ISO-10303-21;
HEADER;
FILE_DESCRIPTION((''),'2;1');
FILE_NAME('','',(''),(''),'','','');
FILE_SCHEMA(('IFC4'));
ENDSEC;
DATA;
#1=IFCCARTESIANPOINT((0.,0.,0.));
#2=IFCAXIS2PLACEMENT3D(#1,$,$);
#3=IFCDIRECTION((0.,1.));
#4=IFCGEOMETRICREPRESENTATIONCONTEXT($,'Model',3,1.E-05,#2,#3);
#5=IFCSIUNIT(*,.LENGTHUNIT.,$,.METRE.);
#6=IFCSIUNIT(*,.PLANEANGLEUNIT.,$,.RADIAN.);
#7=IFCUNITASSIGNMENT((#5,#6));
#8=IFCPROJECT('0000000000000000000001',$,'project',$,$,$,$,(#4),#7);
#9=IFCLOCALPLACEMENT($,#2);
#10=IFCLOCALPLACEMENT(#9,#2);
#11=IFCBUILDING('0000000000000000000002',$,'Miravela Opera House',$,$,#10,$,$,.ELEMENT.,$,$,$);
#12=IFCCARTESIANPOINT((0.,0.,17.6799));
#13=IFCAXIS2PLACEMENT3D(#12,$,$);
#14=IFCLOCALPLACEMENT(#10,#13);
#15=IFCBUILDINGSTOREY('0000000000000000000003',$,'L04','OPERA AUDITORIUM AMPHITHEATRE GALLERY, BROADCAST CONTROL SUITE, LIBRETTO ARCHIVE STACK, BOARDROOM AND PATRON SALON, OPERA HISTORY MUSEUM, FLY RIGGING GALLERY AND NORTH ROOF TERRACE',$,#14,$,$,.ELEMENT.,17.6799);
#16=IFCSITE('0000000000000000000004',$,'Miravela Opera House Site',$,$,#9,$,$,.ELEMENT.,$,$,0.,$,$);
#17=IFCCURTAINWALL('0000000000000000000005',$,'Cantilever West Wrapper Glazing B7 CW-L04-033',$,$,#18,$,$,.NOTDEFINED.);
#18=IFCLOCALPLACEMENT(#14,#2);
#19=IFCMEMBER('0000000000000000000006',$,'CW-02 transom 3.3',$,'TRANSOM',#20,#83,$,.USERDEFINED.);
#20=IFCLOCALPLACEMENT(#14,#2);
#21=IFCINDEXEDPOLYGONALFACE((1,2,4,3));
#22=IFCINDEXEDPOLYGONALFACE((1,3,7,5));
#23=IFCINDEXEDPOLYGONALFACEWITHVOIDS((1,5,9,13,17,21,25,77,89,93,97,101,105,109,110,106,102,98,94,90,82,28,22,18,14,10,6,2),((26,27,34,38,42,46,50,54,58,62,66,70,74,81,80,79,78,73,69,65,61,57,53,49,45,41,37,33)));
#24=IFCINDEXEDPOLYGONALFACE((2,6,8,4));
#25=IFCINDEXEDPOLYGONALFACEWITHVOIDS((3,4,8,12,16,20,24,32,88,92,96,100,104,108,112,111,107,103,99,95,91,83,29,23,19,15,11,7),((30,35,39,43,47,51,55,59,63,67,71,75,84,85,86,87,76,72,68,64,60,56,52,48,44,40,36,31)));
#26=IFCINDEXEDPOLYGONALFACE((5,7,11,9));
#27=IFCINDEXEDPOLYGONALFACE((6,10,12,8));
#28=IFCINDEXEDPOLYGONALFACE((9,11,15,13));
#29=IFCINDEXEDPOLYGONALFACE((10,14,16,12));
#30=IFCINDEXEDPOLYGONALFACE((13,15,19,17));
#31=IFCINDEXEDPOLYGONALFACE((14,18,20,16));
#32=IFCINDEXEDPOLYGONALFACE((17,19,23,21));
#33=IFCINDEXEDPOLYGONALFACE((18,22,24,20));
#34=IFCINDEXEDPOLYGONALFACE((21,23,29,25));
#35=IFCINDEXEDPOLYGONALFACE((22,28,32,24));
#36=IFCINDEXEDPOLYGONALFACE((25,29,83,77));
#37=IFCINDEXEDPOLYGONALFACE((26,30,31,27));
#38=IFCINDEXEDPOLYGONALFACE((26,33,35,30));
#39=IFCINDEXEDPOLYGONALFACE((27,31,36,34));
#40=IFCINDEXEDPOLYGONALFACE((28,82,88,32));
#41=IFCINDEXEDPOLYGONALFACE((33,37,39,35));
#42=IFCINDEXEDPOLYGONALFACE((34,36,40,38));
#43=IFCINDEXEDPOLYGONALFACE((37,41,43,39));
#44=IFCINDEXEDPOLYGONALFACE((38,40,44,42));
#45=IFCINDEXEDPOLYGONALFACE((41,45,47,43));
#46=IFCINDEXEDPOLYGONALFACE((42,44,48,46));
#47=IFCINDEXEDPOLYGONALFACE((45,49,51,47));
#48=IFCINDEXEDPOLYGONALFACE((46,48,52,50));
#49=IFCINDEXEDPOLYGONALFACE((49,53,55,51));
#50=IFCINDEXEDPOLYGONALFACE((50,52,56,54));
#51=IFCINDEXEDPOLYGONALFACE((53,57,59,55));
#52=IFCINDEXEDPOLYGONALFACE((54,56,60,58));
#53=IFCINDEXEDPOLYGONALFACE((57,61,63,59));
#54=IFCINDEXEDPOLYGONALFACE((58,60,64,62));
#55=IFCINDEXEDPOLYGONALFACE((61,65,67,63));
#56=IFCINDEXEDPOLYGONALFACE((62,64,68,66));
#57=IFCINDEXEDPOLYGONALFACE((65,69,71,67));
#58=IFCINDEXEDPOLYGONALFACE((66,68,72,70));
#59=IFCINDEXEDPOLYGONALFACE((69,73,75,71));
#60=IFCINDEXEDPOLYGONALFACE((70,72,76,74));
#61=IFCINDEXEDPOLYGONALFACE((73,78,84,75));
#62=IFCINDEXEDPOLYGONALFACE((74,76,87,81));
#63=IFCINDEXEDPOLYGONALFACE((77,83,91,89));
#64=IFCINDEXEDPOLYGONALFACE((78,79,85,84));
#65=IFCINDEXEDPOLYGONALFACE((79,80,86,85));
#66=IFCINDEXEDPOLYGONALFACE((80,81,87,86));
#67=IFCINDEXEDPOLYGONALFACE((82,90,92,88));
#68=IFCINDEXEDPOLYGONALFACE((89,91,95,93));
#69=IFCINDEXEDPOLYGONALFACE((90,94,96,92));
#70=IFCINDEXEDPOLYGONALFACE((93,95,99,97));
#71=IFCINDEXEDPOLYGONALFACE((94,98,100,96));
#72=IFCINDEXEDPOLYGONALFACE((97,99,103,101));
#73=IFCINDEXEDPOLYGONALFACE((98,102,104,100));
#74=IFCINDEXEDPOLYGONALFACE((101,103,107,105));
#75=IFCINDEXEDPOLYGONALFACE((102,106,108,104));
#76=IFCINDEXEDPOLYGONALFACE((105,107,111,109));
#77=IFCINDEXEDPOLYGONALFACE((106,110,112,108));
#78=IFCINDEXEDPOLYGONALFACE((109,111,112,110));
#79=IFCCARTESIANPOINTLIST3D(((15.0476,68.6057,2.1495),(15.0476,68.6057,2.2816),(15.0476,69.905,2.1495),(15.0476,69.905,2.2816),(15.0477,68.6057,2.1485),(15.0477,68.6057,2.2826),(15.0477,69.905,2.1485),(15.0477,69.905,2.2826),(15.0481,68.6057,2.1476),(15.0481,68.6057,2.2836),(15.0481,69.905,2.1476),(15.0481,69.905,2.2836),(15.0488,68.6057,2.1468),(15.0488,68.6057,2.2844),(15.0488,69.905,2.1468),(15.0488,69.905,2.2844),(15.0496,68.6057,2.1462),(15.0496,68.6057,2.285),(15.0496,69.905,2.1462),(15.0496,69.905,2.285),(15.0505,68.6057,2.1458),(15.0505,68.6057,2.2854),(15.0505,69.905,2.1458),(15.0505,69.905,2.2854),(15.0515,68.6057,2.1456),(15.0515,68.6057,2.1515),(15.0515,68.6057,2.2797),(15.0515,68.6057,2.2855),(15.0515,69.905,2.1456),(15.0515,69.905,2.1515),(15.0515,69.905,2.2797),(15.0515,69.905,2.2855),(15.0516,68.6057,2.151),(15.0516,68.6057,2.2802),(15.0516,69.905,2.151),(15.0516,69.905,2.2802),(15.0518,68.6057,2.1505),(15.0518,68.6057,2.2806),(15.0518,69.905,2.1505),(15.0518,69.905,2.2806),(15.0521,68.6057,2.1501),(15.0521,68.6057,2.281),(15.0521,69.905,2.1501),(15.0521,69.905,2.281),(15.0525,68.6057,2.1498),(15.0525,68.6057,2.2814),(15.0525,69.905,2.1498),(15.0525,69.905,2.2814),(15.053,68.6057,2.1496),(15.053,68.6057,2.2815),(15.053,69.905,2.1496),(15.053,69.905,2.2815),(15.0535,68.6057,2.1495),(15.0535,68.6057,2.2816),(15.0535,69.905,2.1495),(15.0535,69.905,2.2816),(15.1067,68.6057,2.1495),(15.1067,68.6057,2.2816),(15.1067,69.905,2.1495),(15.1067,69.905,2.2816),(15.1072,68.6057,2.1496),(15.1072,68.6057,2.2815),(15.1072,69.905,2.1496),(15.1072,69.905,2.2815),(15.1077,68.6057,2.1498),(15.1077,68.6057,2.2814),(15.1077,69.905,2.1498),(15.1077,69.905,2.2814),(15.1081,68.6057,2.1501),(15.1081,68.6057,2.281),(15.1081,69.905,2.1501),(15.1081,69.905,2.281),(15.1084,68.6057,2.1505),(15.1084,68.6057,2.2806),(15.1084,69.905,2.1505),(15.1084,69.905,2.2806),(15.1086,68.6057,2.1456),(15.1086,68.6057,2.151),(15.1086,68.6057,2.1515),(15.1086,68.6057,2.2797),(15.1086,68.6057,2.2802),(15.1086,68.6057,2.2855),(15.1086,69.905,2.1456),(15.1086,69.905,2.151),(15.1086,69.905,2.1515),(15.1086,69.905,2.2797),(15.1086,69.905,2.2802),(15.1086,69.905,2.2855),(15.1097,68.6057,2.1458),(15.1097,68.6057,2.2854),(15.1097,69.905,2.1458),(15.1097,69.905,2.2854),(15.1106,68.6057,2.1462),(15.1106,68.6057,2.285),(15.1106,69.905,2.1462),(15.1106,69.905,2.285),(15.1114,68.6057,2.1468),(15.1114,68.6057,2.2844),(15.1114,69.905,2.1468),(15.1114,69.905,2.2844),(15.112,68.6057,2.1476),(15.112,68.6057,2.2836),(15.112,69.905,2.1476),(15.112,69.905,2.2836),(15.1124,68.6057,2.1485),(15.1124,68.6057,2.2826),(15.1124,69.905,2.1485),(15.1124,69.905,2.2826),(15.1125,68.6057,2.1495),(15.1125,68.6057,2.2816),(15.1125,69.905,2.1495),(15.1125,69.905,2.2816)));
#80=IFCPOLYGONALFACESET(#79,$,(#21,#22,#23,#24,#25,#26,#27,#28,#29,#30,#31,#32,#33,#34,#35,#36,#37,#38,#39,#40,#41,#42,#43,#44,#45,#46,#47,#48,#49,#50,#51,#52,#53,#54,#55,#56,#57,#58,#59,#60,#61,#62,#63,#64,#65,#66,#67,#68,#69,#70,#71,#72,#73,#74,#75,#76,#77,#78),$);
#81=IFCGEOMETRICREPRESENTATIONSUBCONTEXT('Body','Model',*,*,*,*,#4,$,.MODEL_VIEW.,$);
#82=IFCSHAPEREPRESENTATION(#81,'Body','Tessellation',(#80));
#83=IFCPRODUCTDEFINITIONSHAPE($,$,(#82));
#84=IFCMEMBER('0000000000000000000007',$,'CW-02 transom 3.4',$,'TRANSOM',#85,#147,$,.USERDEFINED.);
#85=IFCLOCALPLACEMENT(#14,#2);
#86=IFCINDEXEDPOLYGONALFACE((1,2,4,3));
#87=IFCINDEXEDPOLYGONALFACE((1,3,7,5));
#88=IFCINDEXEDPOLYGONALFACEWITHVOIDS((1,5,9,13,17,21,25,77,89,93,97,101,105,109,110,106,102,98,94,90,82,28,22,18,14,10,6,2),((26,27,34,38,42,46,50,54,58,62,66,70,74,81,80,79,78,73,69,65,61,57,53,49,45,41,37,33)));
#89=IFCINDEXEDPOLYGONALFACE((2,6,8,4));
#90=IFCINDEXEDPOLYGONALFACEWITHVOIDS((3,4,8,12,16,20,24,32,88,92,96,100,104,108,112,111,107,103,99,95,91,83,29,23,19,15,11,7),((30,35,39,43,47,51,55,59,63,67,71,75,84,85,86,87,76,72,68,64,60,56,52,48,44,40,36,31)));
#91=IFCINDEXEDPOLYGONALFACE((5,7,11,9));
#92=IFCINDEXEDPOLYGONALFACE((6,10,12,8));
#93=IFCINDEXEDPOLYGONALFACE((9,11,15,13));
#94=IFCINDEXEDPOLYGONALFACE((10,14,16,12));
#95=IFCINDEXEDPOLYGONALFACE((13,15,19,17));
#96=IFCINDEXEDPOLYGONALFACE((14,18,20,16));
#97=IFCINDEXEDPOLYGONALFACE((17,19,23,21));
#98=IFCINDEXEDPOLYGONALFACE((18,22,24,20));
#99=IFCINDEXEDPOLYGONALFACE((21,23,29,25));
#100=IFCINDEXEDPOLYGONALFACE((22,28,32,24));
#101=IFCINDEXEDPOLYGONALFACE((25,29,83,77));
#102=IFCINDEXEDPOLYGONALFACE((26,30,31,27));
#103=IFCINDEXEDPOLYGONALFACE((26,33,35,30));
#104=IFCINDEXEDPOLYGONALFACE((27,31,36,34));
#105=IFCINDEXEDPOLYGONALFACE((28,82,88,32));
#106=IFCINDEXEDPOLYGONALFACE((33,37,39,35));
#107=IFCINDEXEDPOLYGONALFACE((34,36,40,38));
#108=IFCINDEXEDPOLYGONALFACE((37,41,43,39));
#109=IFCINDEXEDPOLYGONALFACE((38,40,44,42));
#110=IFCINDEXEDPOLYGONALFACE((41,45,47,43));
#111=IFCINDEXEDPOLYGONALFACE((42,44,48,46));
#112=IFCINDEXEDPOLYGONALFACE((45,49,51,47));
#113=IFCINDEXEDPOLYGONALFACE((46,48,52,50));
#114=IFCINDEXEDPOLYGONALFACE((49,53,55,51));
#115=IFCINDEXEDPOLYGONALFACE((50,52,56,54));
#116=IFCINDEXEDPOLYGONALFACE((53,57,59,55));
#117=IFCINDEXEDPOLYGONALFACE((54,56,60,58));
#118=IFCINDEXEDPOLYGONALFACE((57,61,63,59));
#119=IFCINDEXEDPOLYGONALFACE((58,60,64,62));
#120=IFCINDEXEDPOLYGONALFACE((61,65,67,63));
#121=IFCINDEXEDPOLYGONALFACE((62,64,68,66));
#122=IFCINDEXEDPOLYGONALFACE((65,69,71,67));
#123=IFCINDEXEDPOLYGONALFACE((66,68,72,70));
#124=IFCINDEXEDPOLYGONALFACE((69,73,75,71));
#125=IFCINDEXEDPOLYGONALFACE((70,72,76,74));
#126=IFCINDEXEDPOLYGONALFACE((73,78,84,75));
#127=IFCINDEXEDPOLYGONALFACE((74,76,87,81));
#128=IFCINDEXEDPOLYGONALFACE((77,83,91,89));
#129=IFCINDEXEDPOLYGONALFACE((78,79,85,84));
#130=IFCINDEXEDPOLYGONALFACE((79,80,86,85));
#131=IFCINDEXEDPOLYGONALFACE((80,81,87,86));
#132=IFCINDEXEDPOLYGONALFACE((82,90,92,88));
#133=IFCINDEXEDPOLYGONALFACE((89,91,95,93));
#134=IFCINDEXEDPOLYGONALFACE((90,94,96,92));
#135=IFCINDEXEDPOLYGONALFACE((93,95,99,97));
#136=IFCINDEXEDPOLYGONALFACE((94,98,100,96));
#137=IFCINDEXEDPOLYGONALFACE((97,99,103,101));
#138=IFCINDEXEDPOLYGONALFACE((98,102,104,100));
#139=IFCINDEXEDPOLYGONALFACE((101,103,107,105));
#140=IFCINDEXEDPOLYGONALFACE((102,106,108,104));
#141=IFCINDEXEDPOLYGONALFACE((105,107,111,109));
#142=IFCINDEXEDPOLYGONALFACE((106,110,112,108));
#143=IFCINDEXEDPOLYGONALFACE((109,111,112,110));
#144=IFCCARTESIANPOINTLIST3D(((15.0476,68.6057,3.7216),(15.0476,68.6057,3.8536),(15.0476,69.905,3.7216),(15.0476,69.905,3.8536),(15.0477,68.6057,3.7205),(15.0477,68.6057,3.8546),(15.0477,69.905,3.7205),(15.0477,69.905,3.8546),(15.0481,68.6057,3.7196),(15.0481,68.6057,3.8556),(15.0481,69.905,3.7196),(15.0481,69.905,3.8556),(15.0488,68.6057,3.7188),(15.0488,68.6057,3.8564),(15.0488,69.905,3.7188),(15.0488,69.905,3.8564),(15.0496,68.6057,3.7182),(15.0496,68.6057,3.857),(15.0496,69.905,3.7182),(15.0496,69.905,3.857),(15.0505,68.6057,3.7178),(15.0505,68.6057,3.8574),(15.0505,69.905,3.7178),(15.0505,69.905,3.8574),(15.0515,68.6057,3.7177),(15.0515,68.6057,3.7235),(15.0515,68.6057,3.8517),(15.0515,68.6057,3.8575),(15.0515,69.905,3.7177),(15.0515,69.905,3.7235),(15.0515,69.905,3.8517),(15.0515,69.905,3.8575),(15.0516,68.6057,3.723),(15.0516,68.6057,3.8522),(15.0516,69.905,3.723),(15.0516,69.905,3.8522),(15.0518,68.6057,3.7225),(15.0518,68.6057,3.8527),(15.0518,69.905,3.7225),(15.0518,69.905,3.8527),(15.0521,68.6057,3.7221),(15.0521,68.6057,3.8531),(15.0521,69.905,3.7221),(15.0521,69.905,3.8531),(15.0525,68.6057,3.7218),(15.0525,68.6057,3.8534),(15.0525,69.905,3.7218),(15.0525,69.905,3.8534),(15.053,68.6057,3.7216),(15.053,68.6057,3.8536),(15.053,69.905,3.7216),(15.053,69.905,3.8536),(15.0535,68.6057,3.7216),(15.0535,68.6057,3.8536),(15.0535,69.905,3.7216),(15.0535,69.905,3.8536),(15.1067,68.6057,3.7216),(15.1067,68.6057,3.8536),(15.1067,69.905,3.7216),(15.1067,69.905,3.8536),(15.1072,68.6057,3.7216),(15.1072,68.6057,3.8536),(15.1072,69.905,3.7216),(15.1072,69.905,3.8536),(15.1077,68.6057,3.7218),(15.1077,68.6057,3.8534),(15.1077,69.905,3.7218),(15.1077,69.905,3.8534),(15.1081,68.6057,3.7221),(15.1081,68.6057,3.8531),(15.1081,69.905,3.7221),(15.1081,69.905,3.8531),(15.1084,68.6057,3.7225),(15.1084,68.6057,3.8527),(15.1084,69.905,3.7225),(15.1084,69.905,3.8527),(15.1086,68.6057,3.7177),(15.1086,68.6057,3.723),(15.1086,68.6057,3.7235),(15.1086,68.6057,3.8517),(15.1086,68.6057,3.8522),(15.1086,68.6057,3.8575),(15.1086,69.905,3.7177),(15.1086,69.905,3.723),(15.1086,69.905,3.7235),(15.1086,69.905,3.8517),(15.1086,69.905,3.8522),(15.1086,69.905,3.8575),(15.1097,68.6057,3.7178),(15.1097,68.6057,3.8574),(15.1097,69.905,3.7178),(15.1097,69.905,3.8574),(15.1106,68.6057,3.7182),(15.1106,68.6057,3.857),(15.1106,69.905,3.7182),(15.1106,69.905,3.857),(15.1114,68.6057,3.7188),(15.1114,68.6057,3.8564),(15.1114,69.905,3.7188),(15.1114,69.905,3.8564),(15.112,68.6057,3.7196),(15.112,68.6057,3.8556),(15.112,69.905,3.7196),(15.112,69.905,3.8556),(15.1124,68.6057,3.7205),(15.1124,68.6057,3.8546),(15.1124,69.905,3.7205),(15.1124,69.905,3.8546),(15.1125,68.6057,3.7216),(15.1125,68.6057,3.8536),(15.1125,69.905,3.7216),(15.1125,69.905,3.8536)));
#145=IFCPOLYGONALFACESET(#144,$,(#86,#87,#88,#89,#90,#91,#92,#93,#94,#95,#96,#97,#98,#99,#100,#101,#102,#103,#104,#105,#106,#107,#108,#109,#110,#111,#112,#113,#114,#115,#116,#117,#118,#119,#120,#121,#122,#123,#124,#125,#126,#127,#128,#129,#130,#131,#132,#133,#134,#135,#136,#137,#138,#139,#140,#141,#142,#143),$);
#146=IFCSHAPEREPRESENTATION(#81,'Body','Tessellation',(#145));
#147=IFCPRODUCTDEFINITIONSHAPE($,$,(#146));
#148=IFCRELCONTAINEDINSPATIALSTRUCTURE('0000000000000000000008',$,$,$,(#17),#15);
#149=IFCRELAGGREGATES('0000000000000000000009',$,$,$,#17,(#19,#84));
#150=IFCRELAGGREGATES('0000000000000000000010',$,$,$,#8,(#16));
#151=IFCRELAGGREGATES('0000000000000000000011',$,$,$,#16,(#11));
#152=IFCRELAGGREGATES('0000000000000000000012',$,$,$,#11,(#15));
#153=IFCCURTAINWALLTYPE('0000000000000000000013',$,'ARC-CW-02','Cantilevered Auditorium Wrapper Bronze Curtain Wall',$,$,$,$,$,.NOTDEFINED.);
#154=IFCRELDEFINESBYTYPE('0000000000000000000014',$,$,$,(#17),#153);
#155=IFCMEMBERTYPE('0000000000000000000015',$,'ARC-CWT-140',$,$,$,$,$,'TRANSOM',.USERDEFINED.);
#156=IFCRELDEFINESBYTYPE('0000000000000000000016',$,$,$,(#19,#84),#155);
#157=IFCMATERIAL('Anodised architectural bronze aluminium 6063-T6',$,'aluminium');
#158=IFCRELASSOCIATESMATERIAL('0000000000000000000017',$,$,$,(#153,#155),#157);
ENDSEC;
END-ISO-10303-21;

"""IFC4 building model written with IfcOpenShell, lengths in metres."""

from ifc_helpers import new_model, si_unit, direction, frame, origin, origin_2d, place, context, subcontext, project, spatial, hollow_rectangle, extrude, material, material_profile, profile_set, type_object, element, aggregate, save


model = new_model("IFC4")

# Units and contexts
model_context = context("Model", 3, precision=1e-05, world=origin(), true_north=direction((0.0, 1.0)))
body_context = subcontext(model_context, "Body", "Model", "MODEL_VIEW")
ifc_project = project(units=[si_unit("LENGTHUNIT", "METRE"), si_unit("PLANEANGLEUNIT", "RADIAN")], contexts=[model_context])

# Site, building, storey
site_placement = place(None, origin())
site = spatial("IfcSite", under=ifc_project, at=site_placement, Name="Miravela Opera House Site", CompositionType="ELEMENT", RefElevation=0.0)
building_placement = place(site_placement, origin())
building = spatial("IfcBuilding", under=site, at=building_placement, Name="Miravela Opera House", CompositionType="ELEMENT")
storey_placement = place(building_placement, frame((0.0, 0.0, 17.6799)))
storey = spatial("IfcBuildingStorey", under=building, at=storey_placement, Name="L04", Description="OPERA AUDITORIUM AMPHITHEATRE GALLERY, BROADCAST CONTROL SUITE, LIBRETTO ARCHIVE STACK, BOARDROOM AND PATRON SALON, OPERA HISTORY MUSEUM, FLY RIGGING GALLERY AND NORTH ROOF TERRACE", CompositionType="ELEMENT", Elevation=17.6799)

# Curtain wall
ifc_material_1 = material(Name="Anodised architectural bronze aluminium 6063-T6", Category="aluminium")
curtain_wall_type = type_object("IfcCurtainWallType", Name="ARC-CW-02", Description="Cantilevered Auditorium Wrapper Bronze Curtain Wall", PredefinedType="NOTDEFINED", material=ifc_material_1)
curtain_wall_1_placement = place(storey_placement, origin())
curtain_wall_1 = element("IfcCurtainWall", 1, at=curtain_wall_1_placement, inside=storey, type_object=curtain_wall_type, Name="Cantilever West Wrapper Glazing B7 CW-L04-033", PredefinedType="NOTDEFINED")

# Members
ifc_material_profile_1 = material_profile(ifc_material_1, hollow_rectangle(XDim=0.0649, YDim=0.1399, WallThickness=0.0039, InnerFilletRadius=0.002, OuterFilletRadius=0.0039, at=origin_2d()), Name="CWT-65X140")
ifc_profile_set_1 = profile_set([ifc_material_profile_1])
member_type_1 = type_object("IfcMemberType", Name="ARC-CWT-140", ElementType="TRANSOM", PredefinedType="USERDEFINED", material=ifc_profile_set_1)
member_1_placement = place(storey_placement, frame((15.0801, 68.6057, 2.2156), z_axis=(0.0, 1.0, 0.0), x_axis=(-1.0, 0.0, 0.0)))
member_1 = element("IfcMember", 2, at=member_1_placement, type_object=member_type_1, Name="CW-02 transom 3.3", ObjectType="TRANSOM", PredefinedType="USERDEFINED", context=body_context, shape_type="SweptSolid", body=[
    extrude(hollow_rectangle(XDim=0.0649, YDim=0.1399, WallThickness=0.0039, InnerFilletRadius=0.002, OuterFilletRadius=0.0039, at=origin_2d()), origin(), (0.0, 0.0, 1.0), 1.2993),
])
member_2_placement = place(storey_placement, frame((15.0801, 68.6057, 3.7876), z_axis=(0.0, 1.0, 0.0), x_axis=(-1.0, 0.0, 0.0)))
member_2 = element("IfcMember", 3, at=member_2_placement, type_object=member_type_1, Name="CW-02 transom 3.4", ObjectType="TRANSOM", PredefinedType="USERDEFINED", context=body_context, shape_type="SweptSolid", body=[
    extrude(hollow_rectangle(XDim=0.0649, YDim=0.1399, WallThickness=0.0039, InnerFilletRadius=0.002, OuterFilletRadius=0.0039, at=origin_2d()), origin(), (0.0, 0.0, 1.0), 1.2993),
])

aggregate(curtain_wall_1, [member_1, member_2])

save(model, "model.ifc")
